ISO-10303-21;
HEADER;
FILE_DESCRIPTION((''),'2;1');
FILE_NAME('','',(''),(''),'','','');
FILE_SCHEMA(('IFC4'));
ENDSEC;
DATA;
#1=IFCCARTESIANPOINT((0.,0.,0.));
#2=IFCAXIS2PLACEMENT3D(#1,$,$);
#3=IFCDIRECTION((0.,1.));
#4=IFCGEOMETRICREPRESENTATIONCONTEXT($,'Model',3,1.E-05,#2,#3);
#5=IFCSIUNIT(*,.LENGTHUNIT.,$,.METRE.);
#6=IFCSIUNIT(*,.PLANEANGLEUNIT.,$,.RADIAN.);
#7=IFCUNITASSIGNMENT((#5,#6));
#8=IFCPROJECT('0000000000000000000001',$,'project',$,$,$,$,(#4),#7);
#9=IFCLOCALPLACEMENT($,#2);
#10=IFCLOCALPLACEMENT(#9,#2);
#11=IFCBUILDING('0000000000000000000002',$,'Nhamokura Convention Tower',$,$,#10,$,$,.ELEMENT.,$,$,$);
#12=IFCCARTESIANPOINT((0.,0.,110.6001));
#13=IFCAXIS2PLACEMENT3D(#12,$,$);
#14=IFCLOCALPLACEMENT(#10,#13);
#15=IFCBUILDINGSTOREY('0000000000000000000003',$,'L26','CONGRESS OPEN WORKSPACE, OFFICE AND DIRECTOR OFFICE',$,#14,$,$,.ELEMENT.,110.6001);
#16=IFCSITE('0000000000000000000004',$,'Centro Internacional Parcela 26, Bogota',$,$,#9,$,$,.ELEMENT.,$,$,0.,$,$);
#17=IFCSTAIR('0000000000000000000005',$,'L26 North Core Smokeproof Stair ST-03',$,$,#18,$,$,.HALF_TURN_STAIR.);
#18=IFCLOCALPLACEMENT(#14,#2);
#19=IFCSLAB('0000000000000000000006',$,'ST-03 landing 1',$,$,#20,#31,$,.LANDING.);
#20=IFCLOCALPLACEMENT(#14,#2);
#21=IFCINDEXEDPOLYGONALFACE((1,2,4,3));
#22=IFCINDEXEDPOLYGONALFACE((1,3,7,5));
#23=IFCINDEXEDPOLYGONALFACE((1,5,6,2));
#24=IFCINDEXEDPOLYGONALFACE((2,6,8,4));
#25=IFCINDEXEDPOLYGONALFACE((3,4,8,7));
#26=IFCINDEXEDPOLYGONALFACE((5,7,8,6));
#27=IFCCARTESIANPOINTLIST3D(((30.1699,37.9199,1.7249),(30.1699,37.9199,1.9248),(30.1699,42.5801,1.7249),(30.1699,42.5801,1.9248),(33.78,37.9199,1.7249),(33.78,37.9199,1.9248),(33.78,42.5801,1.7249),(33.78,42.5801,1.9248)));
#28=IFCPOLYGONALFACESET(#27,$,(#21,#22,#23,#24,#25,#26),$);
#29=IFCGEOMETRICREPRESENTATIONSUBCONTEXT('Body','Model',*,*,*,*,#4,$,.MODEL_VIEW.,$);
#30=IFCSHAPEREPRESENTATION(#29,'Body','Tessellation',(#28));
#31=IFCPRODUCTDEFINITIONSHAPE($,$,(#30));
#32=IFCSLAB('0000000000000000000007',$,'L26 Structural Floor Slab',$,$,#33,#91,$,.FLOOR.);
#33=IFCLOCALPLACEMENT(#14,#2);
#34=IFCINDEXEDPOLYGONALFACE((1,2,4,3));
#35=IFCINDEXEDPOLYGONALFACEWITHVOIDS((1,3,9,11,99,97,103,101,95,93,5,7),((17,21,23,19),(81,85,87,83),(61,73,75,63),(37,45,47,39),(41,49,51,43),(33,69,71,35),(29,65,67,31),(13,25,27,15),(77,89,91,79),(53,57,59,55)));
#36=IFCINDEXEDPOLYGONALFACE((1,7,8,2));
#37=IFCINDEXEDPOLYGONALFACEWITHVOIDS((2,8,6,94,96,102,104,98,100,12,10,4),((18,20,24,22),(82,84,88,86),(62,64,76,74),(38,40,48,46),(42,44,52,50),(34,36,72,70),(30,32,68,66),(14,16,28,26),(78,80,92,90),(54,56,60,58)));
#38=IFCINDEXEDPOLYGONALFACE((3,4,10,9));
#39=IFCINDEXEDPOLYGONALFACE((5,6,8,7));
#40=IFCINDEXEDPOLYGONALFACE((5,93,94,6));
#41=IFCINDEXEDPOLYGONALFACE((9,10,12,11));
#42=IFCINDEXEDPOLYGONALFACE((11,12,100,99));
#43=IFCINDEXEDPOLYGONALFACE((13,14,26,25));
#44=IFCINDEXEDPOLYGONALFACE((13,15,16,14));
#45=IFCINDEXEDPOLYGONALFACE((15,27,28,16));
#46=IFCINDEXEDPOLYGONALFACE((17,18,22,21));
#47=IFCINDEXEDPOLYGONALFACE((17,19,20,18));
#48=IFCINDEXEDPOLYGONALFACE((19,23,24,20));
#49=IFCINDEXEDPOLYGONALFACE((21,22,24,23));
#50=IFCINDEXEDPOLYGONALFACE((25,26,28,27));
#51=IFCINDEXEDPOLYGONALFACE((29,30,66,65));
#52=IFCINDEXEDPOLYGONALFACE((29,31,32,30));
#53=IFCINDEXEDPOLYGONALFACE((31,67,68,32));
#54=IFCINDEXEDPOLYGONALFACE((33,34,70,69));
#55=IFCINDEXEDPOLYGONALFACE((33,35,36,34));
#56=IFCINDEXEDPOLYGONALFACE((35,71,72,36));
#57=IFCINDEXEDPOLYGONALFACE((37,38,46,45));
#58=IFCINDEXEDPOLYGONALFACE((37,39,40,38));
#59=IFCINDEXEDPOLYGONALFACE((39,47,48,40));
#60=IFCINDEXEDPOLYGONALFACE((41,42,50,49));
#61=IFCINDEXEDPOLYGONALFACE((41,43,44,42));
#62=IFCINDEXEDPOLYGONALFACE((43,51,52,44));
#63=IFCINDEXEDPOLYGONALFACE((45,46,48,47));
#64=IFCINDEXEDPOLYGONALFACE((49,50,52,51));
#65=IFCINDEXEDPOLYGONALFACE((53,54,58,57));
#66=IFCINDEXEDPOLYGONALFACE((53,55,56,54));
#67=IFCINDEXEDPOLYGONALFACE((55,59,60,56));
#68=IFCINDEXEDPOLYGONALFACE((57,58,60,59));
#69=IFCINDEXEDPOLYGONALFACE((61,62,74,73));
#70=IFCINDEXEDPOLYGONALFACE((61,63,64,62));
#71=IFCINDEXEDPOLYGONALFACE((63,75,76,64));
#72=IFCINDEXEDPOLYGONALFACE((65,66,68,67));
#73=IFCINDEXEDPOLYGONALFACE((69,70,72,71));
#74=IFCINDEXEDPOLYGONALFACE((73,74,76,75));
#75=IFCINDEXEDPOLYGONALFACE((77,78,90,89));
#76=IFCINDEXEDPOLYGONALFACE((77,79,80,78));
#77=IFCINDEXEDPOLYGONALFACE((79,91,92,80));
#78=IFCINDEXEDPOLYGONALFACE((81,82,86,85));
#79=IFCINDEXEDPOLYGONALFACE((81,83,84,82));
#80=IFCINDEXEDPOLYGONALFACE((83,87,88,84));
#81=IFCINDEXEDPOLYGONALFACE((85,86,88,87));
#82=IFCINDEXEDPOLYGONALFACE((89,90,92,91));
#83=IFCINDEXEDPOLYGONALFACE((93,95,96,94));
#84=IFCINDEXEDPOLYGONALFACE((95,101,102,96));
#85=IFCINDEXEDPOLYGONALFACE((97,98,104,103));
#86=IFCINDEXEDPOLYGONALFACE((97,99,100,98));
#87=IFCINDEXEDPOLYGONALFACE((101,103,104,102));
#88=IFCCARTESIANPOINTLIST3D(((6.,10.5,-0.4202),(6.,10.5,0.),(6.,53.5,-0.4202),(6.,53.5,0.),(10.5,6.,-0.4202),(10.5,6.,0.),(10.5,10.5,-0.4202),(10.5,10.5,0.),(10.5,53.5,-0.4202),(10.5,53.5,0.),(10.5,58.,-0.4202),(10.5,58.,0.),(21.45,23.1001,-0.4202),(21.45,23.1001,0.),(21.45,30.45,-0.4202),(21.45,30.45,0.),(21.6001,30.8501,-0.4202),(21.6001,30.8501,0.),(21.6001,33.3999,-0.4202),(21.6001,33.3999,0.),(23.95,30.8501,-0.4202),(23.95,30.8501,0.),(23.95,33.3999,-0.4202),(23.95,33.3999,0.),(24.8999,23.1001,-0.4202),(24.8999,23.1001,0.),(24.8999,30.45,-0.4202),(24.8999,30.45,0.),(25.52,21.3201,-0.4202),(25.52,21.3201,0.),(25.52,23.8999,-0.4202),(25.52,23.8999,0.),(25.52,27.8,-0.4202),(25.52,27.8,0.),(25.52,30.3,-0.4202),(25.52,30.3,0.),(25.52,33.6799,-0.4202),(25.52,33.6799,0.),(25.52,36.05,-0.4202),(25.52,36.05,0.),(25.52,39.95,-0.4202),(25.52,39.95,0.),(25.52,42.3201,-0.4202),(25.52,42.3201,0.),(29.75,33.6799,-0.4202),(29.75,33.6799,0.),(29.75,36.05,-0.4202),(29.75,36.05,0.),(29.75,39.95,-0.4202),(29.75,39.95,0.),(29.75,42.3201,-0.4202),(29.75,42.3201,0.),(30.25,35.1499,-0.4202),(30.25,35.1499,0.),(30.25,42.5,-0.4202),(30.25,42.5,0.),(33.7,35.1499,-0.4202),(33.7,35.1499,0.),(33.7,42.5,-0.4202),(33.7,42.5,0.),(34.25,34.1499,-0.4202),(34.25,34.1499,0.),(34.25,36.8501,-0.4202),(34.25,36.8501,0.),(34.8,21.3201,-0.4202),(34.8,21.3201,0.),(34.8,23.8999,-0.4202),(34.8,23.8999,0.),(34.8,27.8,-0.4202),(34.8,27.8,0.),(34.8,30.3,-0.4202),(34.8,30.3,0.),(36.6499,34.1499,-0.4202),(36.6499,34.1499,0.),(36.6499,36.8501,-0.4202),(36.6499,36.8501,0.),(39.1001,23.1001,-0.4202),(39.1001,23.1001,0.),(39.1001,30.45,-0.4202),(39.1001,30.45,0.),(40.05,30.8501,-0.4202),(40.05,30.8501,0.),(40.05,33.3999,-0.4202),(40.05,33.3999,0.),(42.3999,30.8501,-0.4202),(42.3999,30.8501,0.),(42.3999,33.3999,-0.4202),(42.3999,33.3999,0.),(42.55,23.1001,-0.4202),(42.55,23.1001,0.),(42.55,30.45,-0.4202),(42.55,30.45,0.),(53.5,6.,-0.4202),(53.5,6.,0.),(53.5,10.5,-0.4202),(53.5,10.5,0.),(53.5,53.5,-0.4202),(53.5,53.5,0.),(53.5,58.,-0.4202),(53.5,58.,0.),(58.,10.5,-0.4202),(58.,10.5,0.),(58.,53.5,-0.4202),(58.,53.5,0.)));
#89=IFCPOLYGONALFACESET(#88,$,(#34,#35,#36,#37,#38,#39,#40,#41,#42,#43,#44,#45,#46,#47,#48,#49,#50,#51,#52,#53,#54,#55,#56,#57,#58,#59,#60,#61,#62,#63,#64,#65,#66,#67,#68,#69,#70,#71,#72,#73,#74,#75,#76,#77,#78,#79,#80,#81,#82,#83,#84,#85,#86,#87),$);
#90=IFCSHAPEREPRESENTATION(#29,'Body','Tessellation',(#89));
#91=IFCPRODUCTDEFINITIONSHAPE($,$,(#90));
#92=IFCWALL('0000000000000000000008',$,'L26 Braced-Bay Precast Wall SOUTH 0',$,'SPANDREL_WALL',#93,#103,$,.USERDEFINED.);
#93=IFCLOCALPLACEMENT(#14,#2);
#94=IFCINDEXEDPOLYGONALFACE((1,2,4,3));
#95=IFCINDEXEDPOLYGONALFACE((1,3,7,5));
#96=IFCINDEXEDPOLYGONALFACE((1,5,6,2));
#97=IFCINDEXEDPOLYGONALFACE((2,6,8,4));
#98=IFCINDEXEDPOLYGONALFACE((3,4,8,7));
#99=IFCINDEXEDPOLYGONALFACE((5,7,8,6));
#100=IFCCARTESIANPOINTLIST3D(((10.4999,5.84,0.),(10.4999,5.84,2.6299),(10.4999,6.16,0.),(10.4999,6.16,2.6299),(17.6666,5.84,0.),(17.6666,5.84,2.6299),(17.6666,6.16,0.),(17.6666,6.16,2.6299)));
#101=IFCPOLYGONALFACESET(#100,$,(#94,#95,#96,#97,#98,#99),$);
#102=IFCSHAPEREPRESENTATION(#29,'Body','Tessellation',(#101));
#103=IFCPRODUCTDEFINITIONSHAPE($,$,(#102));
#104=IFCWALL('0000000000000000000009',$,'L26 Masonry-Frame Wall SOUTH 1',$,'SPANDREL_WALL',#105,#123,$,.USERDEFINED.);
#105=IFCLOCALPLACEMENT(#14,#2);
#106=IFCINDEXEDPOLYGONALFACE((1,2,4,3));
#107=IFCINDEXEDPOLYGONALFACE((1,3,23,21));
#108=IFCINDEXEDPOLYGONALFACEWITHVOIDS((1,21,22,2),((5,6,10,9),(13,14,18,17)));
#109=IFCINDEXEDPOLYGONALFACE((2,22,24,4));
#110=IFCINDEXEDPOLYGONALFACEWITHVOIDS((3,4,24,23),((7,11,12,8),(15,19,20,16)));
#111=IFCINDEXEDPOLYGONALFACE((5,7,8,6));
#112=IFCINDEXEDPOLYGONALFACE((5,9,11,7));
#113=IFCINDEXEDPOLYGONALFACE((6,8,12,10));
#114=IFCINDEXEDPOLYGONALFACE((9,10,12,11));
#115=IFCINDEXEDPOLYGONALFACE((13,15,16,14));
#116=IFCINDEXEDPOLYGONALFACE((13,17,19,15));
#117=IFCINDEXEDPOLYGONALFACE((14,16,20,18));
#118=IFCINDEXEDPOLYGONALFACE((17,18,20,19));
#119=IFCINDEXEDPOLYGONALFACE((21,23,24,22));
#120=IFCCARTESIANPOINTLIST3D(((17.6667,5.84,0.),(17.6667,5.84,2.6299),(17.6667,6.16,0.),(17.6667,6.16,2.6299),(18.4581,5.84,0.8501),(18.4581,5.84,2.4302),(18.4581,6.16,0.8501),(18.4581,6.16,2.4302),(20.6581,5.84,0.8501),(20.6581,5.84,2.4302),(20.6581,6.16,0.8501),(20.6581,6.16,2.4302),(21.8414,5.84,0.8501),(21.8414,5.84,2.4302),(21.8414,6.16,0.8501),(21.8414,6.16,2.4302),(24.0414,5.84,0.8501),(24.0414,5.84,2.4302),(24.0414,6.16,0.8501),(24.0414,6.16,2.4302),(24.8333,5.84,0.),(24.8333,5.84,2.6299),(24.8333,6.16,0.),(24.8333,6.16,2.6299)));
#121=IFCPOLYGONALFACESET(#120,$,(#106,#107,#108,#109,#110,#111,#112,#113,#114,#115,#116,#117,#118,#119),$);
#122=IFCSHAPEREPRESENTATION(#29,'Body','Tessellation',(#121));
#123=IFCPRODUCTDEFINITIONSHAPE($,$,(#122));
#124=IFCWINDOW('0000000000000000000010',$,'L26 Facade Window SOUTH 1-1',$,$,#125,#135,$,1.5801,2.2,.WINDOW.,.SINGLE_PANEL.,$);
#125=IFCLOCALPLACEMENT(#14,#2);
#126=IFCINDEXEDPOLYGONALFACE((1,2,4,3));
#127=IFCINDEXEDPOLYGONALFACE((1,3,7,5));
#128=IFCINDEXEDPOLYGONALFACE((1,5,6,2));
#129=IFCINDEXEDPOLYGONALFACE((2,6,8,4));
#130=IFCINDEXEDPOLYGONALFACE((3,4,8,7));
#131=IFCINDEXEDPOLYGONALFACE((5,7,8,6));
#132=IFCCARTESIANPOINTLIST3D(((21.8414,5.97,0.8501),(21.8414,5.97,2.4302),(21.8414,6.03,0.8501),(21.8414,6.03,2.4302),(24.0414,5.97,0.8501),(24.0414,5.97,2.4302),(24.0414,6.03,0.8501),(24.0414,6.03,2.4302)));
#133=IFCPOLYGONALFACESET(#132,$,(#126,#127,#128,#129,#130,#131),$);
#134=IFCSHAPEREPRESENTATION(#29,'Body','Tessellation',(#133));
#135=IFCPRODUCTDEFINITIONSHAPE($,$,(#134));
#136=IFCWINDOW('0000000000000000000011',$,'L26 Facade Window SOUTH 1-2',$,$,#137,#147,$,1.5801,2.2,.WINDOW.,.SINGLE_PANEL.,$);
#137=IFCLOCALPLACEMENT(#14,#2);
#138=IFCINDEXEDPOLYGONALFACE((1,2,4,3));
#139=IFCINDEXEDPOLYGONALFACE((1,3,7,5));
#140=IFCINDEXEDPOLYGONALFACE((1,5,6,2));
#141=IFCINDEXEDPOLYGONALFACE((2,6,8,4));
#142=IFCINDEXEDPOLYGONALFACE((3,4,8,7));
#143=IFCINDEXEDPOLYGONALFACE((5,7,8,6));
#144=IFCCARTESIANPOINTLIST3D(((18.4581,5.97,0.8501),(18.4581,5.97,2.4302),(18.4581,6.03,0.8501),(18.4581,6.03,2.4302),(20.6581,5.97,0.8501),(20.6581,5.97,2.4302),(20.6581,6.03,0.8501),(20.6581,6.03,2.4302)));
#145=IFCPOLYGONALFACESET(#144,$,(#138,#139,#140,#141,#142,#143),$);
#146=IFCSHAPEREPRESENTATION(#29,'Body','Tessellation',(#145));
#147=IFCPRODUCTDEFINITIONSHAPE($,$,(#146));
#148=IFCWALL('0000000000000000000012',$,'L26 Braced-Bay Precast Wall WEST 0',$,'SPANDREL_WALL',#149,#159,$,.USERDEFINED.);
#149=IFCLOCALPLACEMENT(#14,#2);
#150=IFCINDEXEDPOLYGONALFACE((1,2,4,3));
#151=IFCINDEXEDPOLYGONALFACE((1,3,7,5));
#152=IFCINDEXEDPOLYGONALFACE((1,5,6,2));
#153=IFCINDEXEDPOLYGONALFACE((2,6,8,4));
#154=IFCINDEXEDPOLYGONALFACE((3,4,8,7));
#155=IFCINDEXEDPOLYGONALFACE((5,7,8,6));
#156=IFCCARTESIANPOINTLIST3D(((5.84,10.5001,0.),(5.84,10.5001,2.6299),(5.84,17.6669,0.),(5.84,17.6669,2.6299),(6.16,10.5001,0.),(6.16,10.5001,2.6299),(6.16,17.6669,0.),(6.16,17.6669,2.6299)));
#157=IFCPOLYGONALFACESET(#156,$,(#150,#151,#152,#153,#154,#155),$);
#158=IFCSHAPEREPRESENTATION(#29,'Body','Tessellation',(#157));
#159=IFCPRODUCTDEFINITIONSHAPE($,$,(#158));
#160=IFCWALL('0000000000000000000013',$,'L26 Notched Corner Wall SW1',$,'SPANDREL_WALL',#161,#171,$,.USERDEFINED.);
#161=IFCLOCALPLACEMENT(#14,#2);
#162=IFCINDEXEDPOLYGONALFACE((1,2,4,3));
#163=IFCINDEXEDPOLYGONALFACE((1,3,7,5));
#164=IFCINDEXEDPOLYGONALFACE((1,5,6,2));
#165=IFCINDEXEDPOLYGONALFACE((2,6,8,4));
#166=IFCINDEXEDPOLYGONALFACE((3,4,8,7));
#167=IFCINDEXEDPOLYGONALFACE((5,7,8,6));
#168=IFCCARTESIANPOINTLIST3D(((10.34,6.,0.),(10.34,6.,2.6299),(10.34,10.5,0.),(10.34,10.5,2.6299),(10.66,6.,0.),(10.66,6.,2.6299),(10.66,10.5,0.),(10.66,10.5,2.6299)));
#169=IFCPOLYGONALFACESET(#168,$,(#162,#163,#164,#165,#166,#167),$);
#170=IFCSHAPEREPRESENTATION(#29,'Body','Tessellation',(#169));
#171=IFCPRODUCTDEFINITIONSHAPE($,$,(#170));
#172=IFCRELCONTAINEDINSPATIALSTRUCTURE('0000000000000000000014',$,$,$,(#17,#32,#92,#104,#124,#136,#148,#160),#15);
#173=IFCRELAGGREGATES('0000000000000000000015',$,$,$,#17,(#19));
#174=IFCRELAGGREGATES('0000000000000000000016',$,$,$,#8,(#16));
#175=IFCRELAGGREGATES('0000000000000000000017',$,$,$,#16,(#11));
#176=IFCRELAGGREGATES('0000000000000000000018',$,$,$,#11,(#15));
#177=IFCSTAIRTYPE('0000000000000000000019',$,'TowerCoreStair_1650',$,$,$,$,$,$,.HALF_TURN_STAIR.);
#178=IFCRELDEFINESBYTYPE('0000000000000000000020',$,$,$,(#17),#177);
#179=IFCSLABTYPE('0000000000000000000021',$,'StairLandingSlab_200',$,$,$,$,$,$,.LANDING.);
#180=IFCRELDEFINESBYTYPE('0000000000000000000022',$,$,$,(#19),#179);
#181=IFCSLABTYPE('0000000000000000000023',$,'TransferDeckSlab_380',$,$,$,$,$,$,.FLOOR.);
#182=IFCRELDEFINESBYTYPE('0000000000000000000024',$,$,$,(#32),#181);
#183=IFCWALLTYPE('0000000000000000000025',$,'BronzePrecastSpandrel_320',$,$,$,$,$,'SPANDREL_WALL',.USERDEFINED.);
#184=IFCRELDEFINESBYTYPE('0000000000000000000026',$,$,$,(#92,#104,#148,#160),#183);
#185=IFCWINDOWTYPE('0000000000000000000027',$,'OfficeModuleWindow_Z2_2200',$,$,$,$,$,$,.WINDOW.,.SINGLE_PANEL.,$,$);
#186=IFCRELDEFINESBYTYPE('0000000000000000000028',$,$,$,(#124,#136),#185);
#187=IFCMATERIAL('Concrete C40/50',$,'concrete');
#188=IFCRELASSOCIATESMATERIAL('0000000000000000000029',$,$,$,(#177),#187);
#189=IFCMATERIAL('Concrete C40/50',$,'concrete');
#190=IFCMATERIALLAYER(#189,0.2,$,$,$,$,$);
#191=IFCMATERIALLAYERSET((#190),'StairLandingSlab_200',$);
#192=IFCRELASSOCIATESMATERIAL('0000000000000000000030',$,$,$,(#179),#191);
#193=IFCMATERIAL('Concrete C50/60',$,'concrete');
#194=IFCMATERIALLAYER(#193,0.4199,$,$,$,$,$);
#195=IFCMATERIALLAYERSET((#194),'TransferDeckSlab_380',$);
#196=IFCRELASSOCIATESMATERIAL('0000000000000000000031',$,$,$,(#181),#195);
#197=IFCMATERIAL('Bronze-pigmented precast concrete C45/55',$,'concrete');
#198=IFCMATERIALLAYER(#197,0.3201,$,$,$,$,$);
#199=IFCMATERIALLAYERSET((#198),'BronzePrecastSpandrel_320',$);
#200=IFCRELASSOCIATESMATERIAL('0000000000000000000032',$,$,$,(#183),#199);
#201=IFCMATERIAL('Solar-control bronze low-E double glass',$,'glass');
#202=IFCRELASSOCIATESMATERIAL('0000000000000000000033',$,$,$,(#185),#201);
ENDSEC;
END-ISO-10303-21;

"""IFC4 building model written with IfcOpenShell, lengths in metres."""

from ifc_helpers import new_model, si_unit, direction, frame, frame_2d, origin, place, context, subcontext, project, spatial, polyline, rectangle, outline, extrude, material, layer, layer_set, type_object, element, fill, aggregate, save


model = new_model("IFC4")

# Units and contexts
model_context = context("Model", 3, precision=1e-05, world=origin(), true_north=direction((0.0, 1.0)))
body_context = subcontext(model_context, "Body", "Model", "MODEL_VIEW")
ifc_project = project(units=[si_unit("LENGTHUNIT", "METRE"), si_unit("PLANEANGLEUNIT", "RADIAN")], contexts=[model_context])

# Site, building, storey
site_placement = place(None, origin())
site = spatial("IfcSite", under=ifc_project, at=site_placement, Name="Centro Internacional Parcela 26, Bogota", CompositionType="ELEMENT", RefElevation=0.0)
building_placement = place(site_placement, origin())
building = spatial("IfcBuilding", under=site, at=building_placement, Name="Nhamokura Convention Tower", CompositionType="ELEMENT")
storey_placement = place(building_placement, frame((0.0, 0.0, 110.6001)))
storey = spatial("IfcBuildingStorey", under=building, at=storey_placement, Name="L26", Description="CONGRESS OPEN WORKSPACE, OFFICE AND DIRECTOR OFFICE", CompositionType="ELEMENT", Elevation=110.6001)

# Stair, slab
ifc_material_1 = material(Name="Concrete C40/50", Category="concrete")
stair_type = type_object("IfcStairType", Name="TowerCoreStair_1650", PredefinedType="HALF_TURN_STAIR", material=ifc_material_1)
ifc_material_2 = material(Name="Concrete C40/50", Category="concrete")
ifc_layer_1 = layer(ifc_material_2, 0.2)
ifc_layer_set_1 = layer_set([ifc_layer_1], Name="StairLandingSlab_200")
slab_type_1 = type_object("IfcSlabType", Name="StairLandingSlab_200", PredefinedType="LANDING", material=ifc_layer_set_1)
stair_1_placement = place(storey_placement, origin())
stair_1 = element("IfcStair", 1, at=stair_1_placement, inside=storey, type_object=stair_type, Name="L26 North Core Smokeproof Stair ST-03", PredefinedType="HALF_TURN_STAIR")
slab_1_placement = place(storey_placement, frame((0.0, 0.0, 1.7249)))
slab_1 = element("IfcSlab", 2, at=slab_1_placement, type_object=slab_type_1, Name="ST-03 landing 1", PredefinedType="LANDING", context=body_context, shape_type="SweptSolid", body=[
    extrude(outline(polyline([(33.78, 37.9199), (33.78, 42.5801), (30.1699, 42.5801), (30.1699, 37.9199), (33.78, 37.9199)])), origin(), (0.0, 0.0, 1.0), 0.2),
])
aggregate(stair_1, [slab_1])

# Slab
ifc_material_3 = material(Name="Concrete C50/60", Category="concrete")
ifc_layer_2 = layer(ifc_material_3, 0.4199)
ifc_layer_set_2 = layer_set([ifc_layer_2], Name="TransferDeckSlab_380")
slab_type_2 = type_object("IfcSlabType", Name="TransferDeckSlab_380", PredefinedType="FLOOR", material=ifc_layer_set_2)
slab_2_placement = place(storey_placement, frame((0.0, 0.0, -0.4202)))
element("IfcSlab", 3, at=slab_2_placement, inside=storey, type_object=slab_type_2, Name="L26 Structural Floor Slab", PredefinedType="FLOOR", context=body_context, shape_type="SweptSolid", body=[
    extrude(outline(polyline([(10.5, 6.0), (53.5, 6.0), (53.5, 10.5), (58.0, 10.5), (58.0, 53.5), (53.5, 53.5), (53.5, 58.0), (10.5, 58.0), (10.5, 53.5), (6.0, 53.5), (6.0, 10.5), (10.5, 10.5), (10.5, 6.0)]), holes=[polyline([(24.8999, 23.1001), (24.8999, 30.45), (21.45, 30.45), (21.45, 23.1001), (24.8999, 23.1001)]), polyline([(42.55, 23.1001), (42.55, 30.45), (39.1001, 30.45), (39.1001, 23.1001), (42.55, 23.1001)]), polyline([(33.7, 35.1499), (33.7, 42.5), (30.25, 42.5), (30.25, 35.1499), (33.7, 35.1499)]), polyline([(21.6001, 30.8501), (23.95, 30.8501), (23.95, 33.3999), (21.6001, 33.3999), (21.6001, 30.8501)]), polyline([(40.05, 30.8501), (42.3999, 30.8501), (42.3999, 33.3999), (40.05, 33.3999), (40.05, 30.8501)]), polyline([(34.25, 34.1499), (36.6499, 34.1499), (36.6499, 36.8501), (34.25, 36.8501), (34.25, 34.1499)]), polyline([(25.52, 21.3201), (34.8, 21.3201), (34.8, 23.8999), (25.52, 23.8999), (25.52, 21.3201)]), polyline([(25.52, 27.8), (34.8, 27.8), (34.8, 30.3), (25.52, 30.3), (25.52, 27.8)]), polyline([(25.52, 33.6799), (29.75, 33.6799), (29.75, 36.05), (25.52, 36.05), (25.52, 33.6799)]), polyline([(25.52, 39.95), (29.75, 39.95), (29.75, 42.3201), (25.52, 42.3201), (25.52, 39.95)])]), origin(), (0.0, 0.0, 1.0), 0.4202),
])

# Wall
ifc_material_4 = material(Name="Bronze-pigmented precast concrete C45/55", Category="concrete")
ifc_layer_3 = layer(ifc_material_4, 0.3201)
ifc_layer_set_3 = layer_set([ifc_layer_3], Name="BronzePrecastSpandrel_320")
wall_type = type_object("IfcWallType", Name="BronzePrecastSpandrel_320", ElementType="SPANDREL_WALL", PredefinedType="USERDEFINED", material=ifc_layer_set_3)
wall_1_placement = place(storey_placement, frame((17.6667, 6.0, 0.0), z_axis=(0.0, 0.0, 1.0), x_axis=(-1.0, 0.0, 0.0)))
element("IfcWall", 4, at=wall_1_placement, inside=storey, type_object=wall_type, Name="L26 Braced-Bay Precast Wall SOUTH 0", ObjectType="SPANDREL_WALL", PredefinedType="USERDEFINED", context=body_context, shape_type="SweptSolid", body=[
    extrude(rectangle(XDim=7.1667, YDim=0.3201, at=frame_2d((3.5835, 0.0))), origin(), (0.0, 0.0, 1.0), 2.6299),
])

# Wall, openings, windows
wall_2_placement = place(storey_placement, frame((24.8333, 6.0, 0.0), z_axis=(0.0, 0.0, 1.0), x_axis=(-1.0, 0.0, 0.0)))
wall_2 = element("IfcWall", 5, at=wall_2_placement, inside=storey, type_object=wall_type, Name="L26 Masonry-Frame Wall SOUTH 1", ObjectType="SPANDREL_WALL", PredefinedType="USERDEFINED", context=body_context, shape_type="SweptSolid", body=[
    extrude(rectangle(XDim=7.1665, YDim=0.3201, at=frame_2d((3.5833, 0.0))), origin(), (0.0, 0.0, 1.0), 2.6299),
])
opening_1_placement = place(wall_2_placement, frame((0.7917, 0.0, 0.8501)))
opening_1 = element("IfcOpeningElement", 6, at=opening_1_placement, cuts=wall_2, PredefinedType="OPENING", context=body_context, shape_type="SweptSolid", body=[
    extrude(rectangle(XDim=2.2, YDim=1.5801, at=frame_2d((1.1001, 0.79))), frame((0.0, 0.1699, 0.0), z_axis=(0.0, -1.0, 0.0), x_axis=(1.0, 0.0, 0.0)), (0.0, 0.0, 1.0), 0.3401),
])
opening_2_placement = place(wall_2_placement, frame((4.175, 0.0, 0.8501)))
opening_2 = element("IfcOpeningElement", 7, at=opening_2_placement, cuts=wall_2, PredefinedType="OPENING", context=body_context, shape_type="SweptSolid", body=[
    extrude(rectangle(XDim=2.2, YDim=1.5801, at=frame_2d((1.1001, 0.79))), frame((0.0, 0.1699, 0.0), z_axis=(0.0, -1.0, 0.0), x_axis=(1.0, 0.0, 0.0)), (0.0, 0.0, 1.0), 0.3401),
])
ifc_material_5 = material(Name="Solar-control bronze low-E double glass", Category="glass")
window_type = type_object("IfcWindowType", Name="OfficeModuleWindow_Z2_2200", PartitioningType="SINGLE_PANEL", PredefinedType="WINDOW", material=ifc_material_5)
window_1_placement = place(opening_1_placement, origin())
window_1 = element("IfcWindow", 8, at=window_1_placement, inside=storey, type_object=window_type, Name="L26 Facade Window SOUTH 1-1", OverallHeight=1.5801, OverallWidth=2.2, PartitioningType="SINGLE_PANEL", PredefinedType="WINDOW", context=body_context, shape_type="SweptSolid", body=[
    extrude(rectangle(XDim=2.2, YDim=1.5801, at=frame_2d((1.1001, 0.79))), frame((0.0, 0.03, 0.0), z_axis=(0.0, -1.0, 0.0), x_axis=(1.0, 0.0, 0.0)), (0.0, 0.0, 1.0), 0.0601),
])
fill(opening_1, window_1)
window_2_placement = place(opening_2_placement, origin())
window_2 = element("IfcWindow", 9, at=window_2_placement, inside=storey, type_object=window_type, Name="L26 Facade Window SOUTH 1-2", OverallHeight=1.5801, OverallWidth=2.2, PartitioningType="SINGLE_PANEL", PredefinedType="WINDOW", context=body_context, shape_type="SweptSolid", body=[
    extrude(rectangle(XDim=2.2, YDim=1.5801, at=frame_2d((1.1001, 0.79))), frame((0.0, 0.03, 0.0), z_axis=(0.0, -1.0, 0.0), x_axis=(1.0, 0.0, 0.0)), (0.0, 0.0, 1.0), 0.0601),
])
fill(opening_2, window_2)

# Walls
wall_3_placement = place(storey_placement, frame((6.0, 10.5, 0.0), z_axis=(0.0, 0.0, 1.0), x_axis=(0.0, 1.0, 0.0)))
element("IfcWall", 10, at=wall_3_placement, inside=storey, type_object=wall_type, Name="L26 Braced-Bay Precast Wall WEST 0", ObjectType="SPANDREL_WALL", PredefinedType="USERDEFINED", context=body_context, shape_type="SweptSolid", body=[
    extrude(rectangle(XDim=7.1667, YDim=0.3201, at=frame_2d((3.5835, 0.0))), origin(), (0.0, 0.0, 1.0), 2.6299),
])
wall_4_placement = place(storey_placement, frame((10.5, 6.0, 0.0), z_axis=(0.0, 0.0, 1.0), x_axis=(0.0, 1.0, 0.0)))
element("IfcWall", 11, at=wall_4_placement, inside=storey, type_object=wall_type, Name="L26 Notched Corner Wall SW1", ObjectType="SPANDREL_WALL", PredefinedType="USERDEFINED", context=body_context, shape_type="SweptSolid", body=[
    extrude(rectangle(XDim=4.5, YDim=0.3201, at=frame_2d((2.25, 0.0))), origin(), (0.0, 0.0, 1.0), 2.6299),
])

save(model, "model.ifc")
